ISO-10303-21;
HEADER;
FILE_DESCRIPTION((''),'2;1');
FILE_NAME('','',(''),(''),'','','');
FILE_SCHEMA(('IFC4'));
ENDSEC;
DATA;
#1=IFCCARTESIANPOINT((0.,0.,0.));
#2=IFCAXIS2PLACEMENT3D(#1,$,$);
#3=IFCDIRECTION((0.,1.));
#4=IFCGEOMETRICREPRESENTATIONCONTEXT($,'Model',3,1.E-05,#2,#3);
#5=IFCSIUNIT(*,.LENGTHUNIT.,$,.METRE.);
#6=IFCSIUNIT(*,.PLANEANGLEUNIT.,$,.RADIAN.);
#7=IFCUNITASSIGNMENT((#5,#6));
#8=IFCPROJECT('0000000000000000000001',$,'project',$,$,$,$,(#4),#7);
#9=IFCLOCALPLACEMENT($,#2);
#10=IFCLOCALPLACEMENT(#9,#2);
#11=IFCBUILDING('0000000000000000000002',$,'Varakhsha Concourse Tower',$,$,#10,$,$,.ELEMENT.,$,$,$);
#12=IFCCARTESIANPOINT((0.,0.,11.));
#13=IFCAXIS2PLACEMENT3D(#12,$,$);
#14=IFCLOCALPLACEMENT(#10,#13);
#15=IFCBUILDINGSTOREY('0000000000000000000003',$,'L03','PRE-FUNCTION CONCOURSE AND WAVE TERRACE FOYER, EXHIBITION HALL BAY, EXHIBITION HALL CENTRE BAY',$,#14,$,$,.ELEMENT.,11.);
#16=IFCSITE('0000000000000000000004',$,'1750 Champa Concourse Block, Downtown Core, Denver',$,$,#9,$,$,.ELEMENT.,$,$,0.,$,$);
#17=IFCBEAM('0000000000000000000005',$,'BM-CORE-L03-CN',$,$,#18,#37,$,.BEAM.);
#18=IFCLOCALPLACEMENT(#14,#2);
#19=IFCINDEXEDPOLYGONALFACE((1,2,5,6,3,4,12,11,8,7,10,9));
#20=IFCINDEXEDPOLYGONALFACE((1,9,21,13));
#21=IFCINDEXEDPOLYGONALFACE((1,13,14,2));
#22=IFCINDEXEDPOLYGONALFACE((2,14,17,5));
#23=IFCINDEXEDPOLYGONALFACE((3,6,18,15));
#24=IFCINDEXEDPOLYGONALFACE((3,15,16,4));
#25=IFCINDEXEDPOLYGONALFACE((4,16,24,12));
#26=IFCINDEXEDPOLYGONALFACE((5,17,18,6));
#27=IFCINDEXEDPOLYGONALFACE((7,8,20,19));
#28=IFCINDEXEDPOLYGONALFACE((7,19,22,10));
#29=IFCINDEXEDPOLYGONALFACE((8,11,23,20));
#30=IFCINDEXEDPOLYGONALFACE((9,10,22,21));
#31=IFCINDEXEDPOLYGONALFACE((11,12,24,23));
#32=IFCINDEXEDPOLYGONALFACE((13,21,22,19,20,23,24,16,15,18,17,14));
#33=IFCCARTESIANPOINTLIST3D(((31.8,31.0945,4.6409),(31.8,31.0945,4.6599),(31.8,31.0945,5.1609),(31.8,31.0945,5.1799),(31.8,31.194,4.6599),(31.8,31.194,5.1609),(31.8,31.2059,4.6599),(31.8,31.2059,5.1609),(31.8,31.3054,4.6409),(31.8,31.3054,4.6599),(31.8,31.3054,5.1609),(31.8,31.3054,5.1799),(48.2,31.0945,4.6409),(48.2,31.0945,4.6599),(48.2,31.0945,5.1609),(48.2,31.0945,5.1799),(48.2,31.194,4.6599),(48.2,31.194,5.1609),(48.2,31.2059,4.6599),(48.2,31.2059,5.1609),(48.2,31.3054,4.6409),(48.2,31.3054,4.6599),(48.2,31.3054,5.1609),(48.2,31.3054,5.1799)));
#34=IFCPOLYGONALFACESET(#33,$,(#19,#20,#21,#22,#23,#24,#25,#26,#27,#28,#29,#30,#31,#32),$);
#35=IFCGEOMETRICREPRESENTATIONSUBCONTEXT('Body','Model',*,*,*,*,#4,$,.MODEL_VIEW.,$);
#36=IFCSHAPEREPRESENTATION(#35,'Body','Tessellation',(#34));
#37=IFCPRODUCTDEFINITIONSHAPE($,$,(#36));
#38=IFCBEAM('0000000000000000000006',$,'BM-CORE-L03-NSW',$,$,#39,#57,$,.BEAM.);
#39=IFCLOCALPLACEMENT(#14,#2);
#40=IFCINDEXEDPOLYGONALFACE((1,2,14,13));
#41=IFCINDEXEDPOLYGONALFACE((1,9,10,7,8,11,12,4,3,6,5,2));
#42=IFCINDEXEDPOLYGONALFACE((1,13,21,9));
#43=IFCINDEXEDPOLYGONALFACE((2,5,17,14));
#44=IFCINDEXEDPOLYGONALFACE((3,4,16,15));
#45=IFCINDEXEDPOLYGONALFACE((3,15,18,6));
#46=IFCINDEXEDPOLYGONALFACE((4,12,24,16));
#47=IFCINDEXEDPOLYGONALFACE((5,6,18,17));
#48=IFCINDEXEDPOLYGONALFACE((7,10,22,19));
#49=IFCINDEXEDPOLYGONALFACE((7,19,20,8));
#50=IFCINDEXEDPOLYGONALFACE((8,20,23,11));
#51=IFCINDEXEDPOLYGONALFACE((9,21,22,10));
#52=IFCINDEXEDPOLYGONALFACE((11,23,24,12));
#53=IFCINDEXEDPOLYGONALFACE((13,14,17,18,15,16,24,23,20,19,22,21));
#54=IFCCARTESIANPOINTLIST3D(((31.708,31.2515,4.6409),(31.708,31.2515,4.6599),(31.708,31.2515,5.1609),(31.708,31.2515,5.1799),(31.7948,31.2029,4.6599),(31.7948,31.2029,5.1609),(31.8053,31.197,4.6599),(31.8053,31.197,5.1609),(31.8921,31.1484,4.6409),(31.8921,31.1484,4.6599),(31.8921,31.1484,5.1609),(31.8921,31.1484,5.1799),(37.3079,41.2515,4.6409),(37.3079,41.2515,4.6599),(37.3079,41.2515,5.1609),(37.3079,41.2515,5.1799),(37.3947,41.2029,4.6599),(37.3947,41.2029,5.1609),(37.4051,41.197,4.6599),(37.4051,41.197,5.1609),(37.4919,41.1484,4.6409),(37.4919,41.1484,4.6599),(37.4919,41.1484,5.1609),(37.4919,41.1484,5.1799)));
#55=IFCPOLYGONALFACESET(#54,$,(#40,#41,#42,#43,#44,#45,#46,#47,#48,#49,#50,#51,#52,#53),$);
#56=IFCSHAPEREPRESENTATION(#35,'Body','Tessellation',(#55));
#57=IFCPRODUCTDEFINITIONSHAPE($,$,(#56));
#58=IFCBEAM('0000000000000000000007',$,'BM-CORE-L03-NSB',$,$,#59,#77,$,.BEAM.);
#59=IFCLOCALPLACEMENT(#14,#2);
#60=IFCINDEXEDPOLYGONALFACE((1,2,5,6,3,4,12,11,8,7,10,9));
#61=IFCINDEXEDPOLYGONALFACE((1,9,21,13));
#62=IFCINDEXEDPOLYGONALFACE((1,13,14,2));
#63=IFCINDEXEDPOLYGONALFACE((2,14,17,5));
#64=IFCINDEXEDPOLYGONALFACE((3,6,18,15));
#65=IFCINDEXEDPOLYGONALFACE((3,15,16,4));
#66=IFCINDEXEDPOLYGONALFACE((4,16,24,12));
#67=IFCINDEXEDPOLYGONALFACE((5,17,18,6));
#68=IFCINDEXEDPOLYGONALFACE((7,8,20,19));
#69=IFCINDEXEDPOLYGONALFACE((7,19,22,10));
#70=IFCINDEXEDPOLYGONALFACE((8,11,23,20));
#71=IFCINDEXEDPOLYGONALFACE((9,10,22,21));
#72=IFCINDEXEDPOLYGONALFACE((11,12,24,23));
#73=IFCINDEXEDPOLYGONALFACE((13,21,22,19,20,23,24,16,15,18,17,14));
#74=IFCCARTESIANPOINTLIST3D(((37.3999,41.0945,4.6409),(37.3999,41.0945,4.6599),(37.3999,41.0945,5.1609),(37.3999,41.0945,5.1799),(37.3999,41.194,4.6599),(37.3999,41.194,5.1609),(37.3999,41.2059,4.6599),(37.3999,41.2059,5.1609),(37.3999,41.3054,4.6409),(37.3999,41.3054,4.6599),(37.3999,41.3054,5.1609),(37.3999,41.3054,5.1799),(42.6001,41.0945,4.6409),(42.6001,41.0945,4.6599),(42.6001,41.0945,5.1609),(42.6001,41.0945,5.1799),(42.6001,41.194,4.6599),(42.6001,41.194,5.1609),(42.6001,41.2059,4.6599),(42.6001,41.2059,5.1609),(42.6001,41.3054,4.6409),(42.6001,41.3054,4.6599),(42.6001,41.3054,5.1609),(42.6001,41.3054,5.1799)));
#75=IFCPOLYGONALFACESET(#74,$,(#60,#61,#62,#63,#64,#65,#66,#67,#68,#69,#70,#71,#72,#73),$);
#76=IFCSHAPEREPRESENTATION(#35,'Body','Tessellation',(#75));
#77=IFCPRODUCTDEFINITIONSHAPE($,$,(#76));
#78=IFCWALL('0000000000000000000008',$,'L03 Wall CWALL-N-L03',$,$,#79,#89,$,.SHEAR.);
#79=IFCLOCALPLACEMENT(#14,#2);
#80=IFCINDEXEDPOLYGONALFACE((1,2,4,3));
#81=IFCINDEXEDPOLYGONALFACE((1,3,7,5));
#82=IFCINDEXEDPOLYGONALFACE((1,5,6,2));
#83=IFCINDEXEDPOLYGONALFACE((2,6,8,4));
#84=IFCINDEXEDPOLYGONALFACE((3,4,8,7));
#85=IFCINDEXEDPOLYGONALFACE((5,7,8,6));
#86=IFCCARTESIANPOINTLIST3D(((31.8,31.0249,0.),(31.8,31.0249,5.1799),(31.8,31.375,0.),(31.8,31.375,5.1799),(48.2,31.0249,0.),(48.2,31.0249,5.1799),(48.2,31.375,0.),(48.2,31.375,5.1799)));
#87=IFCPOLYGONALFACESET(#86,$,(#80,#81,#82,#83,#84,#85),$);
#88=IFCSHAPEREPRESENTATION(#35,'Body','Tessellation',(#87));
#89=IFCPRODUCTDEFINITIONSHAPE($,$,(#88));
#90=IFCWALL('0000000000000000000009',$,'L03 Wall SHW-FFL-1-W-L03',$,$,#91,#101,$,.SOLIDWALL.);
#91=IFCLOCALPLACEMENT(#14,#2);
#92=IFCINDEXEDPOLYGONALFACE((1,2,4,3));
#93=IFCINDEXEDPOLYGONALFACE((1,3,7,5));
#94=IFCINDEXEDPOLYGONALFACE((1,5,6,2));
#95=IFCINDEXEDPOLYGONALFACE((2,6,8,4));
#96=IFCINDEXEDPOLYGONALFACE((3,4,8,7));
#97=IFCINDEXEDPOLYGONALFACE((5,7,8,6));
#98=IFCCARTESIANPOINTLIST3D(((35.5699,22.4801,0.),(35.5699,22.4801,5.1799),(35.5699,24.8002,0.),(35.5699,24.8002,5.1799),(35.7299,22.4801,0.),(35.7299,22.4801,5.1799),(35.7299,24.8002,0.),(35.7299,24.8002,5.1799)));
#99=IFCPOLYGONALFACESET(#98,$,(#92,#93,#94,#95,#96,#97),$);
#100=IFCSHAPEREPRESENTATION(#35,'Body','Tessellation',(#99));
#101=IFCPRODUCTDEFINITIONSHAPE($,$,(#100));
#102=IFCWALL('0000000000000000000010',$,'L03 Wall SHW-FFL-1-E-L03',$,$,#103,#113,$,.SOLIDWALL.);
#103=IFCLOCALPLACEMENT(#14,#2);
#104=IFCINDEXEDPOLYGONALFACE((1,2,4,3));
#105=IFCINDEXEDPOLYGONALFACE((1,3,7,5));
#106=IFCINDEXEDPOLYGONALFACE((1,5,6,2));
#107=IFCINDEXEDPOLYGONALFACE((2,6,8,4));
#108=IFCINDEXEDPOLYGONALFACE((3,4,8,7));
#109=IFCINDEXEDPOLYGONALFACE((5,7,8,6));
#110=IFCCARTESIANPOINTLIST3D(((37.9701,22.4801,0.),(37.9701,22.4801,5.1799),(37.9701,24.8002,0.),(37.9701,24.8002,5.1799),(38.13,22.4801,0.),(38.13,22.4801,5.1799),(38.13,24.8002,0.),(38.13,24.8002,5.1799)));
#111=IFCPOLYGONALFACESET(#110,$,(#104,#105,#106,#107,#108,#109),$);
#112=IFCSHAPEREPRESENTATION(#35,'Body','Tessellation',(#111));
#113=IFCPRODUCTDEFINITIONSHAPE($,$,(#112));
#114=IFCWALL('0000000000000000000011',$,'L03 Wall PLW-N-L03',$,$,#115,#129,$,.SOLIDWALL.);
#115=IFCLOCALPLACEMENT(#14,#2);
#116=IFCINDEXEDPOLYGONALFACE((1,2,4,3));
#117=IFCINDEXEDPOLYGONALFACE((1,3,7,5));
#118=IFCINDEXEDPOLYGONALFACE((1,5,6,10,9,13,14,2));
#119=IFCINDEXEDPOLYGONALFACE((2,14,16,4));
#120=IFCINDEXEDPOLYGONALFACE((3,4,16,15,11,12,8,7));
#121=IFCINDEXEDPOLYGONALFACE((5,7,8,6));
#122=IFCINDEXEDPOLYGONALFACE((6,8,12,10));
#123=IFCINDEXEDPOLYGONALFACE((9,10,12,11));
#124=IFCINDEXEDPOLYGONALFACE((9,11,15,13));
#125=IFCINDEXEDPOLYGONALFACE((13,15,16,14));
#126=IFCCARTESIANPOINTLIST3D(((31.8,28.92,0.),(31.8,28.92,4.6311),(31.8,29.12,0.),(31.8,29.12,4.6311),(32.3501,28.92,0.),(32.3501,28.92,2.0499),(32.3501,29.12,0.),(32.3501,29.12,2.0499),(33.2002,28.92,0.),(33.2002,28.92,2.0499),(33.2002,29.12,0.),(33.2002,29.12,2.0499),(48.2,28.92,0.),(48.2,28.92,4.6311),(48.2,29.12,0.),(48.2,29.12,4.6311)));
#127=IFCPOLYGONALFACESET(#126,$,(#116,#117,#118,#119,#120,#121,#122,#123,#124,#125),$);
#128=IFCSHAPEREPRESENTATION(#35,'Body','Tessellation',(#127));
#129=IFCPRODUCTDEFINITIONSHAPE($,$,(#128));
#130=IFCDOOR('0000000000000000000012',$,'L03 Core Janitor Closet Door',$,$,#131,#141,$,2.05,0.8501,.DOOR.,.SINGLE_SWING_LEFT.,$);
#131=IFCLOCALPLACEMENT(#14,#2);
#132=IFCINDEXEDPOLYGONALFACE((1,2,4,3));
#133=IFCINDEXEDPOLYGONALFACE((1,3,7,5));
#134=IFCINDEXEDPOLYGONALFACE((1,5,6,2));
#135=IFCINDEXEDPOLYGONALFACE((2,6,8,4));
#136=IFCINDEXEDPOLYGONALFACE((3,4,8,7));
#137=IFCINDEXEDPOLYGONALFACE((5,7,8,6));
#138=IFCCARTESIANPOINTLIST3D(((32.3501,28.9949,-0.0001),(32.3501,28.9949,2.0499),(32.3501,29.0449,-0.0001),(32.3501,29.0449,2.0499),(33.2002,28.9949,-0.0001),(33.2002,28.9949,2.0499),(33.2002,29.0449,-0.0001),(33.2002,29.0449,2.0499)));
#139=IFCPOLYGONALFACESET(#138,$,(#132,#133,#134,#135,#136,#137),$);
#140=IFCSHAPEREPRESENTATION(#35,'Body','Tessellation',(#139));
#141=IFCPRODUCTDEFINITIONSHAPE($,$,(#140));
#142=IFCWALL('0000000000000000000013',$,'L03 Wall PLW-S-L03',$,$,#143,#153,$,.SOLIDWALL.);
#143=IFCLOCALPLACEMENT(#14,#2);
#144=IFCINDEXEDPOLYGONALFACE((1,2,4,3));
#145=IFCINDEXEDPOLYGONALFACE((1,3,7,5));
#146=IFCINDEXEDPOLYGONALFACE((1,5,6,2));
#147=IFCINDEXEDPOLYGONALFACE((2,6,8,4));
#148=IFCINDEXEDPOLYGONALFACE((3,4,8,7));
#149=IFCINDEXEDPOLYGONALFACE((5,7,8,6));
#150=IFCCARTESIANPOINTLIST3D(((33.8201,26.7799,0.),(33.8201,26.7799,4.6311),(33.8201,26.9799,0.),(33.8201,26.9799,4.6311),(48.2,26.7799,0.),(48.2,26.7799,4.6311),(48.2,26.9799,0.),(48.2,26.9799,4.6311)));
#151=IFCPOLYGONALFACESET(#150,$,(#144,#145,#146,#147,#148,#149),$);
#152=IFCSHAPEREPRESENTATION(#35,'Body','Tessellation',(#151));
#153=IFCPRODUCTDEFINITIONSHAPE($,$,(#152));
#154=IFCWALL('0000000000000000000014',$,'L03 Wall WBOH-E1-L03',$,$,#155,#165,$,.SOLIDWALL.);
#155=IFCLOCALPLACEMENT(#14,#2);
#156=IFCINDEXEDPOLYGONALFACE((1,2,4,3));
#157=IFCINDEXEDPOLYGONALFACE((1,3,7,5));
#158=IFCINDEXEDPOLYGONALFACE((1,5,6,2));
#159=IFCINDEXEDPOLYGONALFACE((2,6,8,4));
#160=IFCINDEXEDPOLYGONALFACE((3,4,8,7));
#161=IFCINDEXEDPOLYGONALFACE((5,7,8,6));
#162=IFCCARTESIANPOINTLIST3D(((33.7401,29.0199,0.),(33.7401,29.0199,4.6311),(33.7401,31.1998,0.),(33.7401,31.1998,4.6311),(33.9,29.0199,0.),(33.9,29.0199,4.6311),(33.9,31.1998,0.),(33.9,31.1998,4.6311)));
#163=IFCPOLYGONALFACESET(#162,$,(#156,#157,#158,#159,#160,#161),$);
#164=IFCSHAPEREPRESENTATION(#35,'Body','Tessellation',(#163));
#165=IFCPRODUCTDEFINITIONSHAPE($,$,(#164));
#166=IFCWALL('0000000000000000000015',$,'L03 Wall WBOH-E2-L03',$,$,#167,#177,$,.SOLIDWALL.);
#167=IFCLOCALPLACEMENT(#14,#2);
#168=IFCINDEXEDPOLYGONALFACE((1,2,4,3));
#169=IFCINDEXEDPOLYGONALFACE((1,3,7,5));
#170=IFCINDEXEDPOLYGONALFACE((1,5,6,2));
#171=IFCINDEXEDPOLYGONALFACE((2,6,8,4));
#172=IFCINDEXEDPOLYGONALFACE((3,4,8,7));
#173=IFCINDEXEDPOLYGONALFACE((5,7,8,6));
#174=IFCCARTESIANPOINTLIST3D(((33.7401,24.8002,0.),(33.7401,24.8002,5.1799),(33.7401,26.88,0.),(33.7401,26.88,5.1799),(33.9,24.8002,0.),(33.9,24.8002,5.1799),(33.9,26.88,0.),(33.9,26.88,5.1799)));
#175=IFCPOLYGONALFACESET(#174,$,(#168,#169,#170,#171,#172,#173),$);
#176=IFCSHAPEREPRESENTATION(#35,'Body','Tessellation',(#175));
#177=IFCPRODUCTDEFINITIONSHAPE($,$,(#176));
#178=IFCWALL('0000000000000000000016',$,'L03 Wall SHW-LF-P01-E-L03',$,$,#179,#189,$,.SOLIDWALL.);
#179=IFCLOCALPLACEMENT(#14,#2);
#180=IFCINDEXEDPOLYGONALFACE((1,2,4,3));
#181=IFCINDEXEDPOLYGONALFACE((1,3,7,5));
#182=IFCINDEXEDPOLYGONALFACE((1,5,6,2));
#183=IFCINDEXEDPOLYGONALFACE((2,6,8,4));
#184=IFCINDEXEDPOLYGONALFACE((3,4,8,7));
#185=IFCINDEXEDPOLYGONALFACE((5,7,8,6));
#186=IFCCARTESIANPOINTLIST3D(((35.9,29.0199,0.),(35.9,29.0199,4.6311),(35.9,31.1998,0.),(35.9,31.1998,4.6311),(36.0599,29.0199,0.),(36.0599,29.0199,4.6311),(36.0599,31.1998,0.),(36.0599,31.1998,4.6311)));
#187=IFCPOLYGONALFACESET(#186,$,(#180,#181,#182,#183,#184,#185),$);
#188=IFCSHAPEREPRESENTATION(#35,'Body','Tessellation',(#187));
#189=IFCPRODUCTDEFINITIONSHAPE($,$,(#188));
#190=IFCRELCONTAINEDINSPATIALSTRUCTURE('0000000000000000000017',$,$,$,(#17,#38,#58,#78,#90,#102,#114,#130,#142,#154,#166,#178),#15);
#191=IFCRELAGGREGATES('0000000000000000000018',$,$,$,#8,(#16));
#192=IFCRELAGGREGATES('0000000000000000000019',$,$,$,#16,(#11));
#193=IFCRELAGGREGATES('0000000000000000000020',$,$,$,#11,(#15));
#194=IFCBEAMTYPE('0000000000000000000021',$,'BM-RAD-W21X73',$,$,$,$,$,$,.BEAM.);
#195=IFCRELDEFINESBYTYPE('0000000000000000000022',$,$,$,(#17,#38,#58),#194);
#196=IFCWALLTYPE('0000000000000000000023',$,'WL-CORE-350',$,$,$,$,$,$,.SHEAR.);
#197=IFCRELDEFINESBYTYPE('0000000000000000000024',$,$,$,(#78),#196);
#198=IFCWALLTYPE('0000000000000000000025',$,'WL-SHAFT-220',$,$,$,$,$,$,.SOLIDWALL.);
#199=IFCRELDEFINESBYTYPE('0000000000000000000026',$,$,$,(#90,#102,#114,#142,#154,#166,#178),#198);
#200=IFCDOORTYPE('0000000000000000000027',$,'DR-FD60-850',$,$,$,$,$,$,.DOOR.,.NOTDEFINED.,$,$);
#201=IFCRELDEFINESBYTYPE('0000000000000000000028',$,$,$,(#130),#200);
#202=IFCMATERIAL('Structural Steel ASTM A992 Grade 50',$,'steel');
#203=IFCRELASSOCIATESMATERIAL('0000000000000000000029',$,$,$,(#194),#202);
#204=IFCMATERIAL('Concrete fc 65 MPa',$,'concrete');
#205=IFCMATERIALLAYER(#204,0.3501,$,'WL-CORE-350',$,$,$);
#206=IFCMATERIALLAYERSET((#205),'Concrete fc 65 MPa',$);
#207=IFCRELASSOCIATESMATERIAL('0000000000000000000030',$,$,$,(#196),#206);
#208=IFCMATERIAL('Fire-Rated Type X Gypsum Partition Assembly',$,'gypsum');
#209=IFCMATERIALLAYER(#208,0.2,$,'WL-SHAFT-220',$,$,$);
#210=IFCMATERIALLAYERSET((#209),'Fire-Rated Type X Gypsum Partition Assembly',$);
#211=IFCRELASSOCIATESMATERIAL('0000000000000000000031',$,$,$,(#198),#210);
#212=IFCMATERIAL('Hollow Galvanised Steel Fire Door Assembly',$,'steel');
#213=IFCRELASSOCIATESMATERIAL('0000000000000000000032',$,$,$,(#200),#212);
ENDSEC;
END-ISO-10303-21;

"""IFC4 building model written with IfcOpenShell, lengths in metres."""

from ifc_helpers import new_model, si_unit, direction, frame, frame_2d, origin, origin_2d, place, context, subcontext, project, spatial, rectangle, i_section, extrude, material, layer, layer_set, material_profile, profile_set, type_object, element, fill, save


model = new_model("IFC4")

# Units and contexts
model_context = context("Model", 3, precision=1e-05, world=origin(), true_north=direction((0.0, 1.0)))
body_context = subcontext(model_context, "Body", "Model", "MODEL_VIEW")
ifc_project = project(units=[si_unit("LENGTHUNIT", "METRE"), si_unit("PLANEANGLEUNIT", "RADIAN")], contexts=[model_context])

# Site, building, storey
site_placement = place(None, origin())
site = spatial("IfcSite", under=ifc_project, at=site_placement, Name="1750 Champa Concourse Block, Downtown Core, Denver", CompositionType="ELEMENT", RefElevation=0.0)
building_placement = place(site_placement, origin())
building = spatial("IfcBuilding", under=site, at=building_placement, Name="Varakhsha Concourse Tower", CompositionType="ELEMENT")
storey_placement = place(building_placement, frame((0.0, 0.0, 11.0)))
storey = spatial("IfcBuildingStorey", under=building, at=storey_placement, Name="L03", Description="PRE-FUNCTION CONCOURSE AND WAVE TERRACE FOYER, EXHIBITION HALL BAY, EXHIBITION HALL CENTRE BAY", CompositionType="ELEMENT", Elevation=11.0)

# Shared definitions
ifc_material_1 = material(Name="Structural Steel ASTM A992 Grade 50", Category="steel")
ifc_material_2 = material(Name="Concrete fc 65 MPa", Category="concrete")

# Beams
ifc_material_profile_1 = material_profile(ifc_material_1, i_section(OverallWidth=0.2109, OverallDepth=0.5391, WebThickness=0.012, FlangeThickness=0.019, at=origin_2d()), Name="W21X73")
ifc_profile_set_1 = profile_set([ifc_material_profile_1], Name="Structural Steel ASTM A992 Grade 50")
beam_type_1 = type_object("IfcBeamType", Name="BM-RAD-W21X73", PredefinedType="BEAM", material=ifc_profile_set_1)
beam_1_placement = place(storey_placement, frame((31.8, 31.2, 4.9104), z_axis=(1.0, 0.0, 0.0), x_axis=(0.0, 1.0, 0.0)))
element("IfcBeam", 1, at=beam_1_placement, inside=storey, type_object=beam_type_1, Name="BM-CORE-L03-CN", PredefinedType="BEAM", context=body_context, shape_type="SweptSolid", body=[
    extrude(i_section(OverallWidth=0.2109, OverallDepth=0.5391, WebThickness=0.012, FlangeThickness=0.019, at=origin_2d()), origin(), (0.0, 0.0, 1.0), 16.3999),
])
beam_2_placement = place(storey_placement, frame((31.8, 31.2, 4.9104), z_axis=(0.488594, 0.872511, 0.0), x_axis=(-0.872511, 0.488594, 0.0)))
element("IfcBeam", 2, at=beam_2_placement, inside=storey, type_object=beam_type_1, Name="BM-CORE-L03-NSW", PredefinedType="BEAM", context=body_context, shape_type="SweptSolid", body=[
    extrude(i_section(OverallWidth=0.2109, OverallDepth=0.5391, WebThickness=0.012, FlangeThickness=0.019, at=origin_2d()), origin(), (0.0, 0.0, 1.0), 11.4612),
])
beam_3_placement = place(storey_placement, frame((37.3999, 41.2, 4.9104), z_axis=(1.0, 0.0, 0.0), x_axis=(0.0, 1.0, 0.0)))
element("IfcBeam", 3, at=beam_3_placement, inside=storey, type_object=beam_type_1, Name="BM-CORE-L03-NSB", PredefinedType="BEAM", context=body_context, shape_type="SweptSolid", body=[
    extrude(i_section(OverallWidth=0.2109, OverallDepth=0.5391, WebThickness=0.012, FlangeThickness=0.019, at=origin_2d()), origin(), (0.0, 0.0, 1.0), 5.2002),
])

# Wall
ifc_layer_1 = layer(ifc_material_2, 0.3501, Name="WL-CORE-350")
ifc_layer_set_1 = layer_set([ifc_layer_1], Name="Concrete fc 65 MPa")
wall_type_1 = type_object("IfcWallType", Name="WL-CORE-350", PredefinedType="SHEAR", material=ifc_layer_set_1)
wall_1_placement = place(storey_placement, frame((31.8, 31.2, 0.0), z_axis=(0.0, 0.0, 1.0), x_axis=(1.0, 0.0, 0.0)))
element("IfcWall", 4, at=wall_1_placement, inside=storey, type_object=wall_type_1, Name="L03 Wall CWALL-N-L03", PredefinedType="SHEAR", context=body_context, shape_type="SweptSolid", body=[
    extrude(rectangle(XDim=16.3999, YDim=0.3501, at=frame_2d((8.2, 0.0))), origin(), (0.0, 0.0, 1.0), 5.1799),
])

# Shared definitions
ifc_material_3 = material(Name="Fire-Rated Type X Gypsum Partition Assembly", Category="gypsum")
ifc_layer_2 = layer(ifc_material_3, 0.2, Name="WL-SHAFT-220")
ifc_layer_set_2 = layer_set([ifc_layer_2], Name="Fire-Rated Type X Gypsum Partition Assembly")
wall_type_2 = type_object("IfcWallType", Name="WL-SHAFT-220", PredefinedType="SOLIDWALL", material=ifc_layer_set_2)

# Walls
for number, where, z_axis, x_axis, name in (
    (5, (35.6499, 22.48, 0.0), (0.0, 0.0, 1.0), (0.0, 1.0, 0.0), "L03 Wall SHW-FFL-1-W-L03"),
    (6, (38.05, 22.48, 0.0), (0.0, 0.0, 1.0), (0.0, 1.0, 0.0), "L03 Wall SHW-FFL-1-E-L03"),
):
    element("IfcWall", number, at=place(storey_placement, frame(where, z_axis=z_axis, x_axis=x_axis)), inside=storey, type_object=wall_type_2, Name=name, PredefinedType="SOLIDWALL", context=body_context, shape_type="SweptSolid", body=[
        extrude(rectangle(XDim=2.3201, YDim=0.1599, at=frame_2d((1.1602, 0.0))), origin(), (0.0, 0.0, 1.0), 5.1799),
    ])

# Wall, opening, door
wall_2_placement = place(storey_placement, frame((31.8, 29.02, 0.0), z_axis=(0.0, 0.0, 1.0), x_axis=(1.0, 0.0, 0.0)))
wall_2 = element("IfcWall", 7, at=wall_2_placement, inside=storey, type_object=wall_type_2, Name="L03 Wall PLW-N-L03", PredefinedType="SOLIDWALL", context=body_context, shape_type="SweptSolid", body=[
    extrude(rectangle(XDim=16.3999, YDim=0.2, at=frame_2d((8.2, 0.0))), origin(), (0.0, 0.0, 1.0), 4.6311),
])
opening_1_placement = place(wall_2_placement, frame((0.55, 0.0, 0.0)))
opening_1 = element("IfcOpeningElement", 8, at=opening_1_placement, cuts=wall_2, PredefinedType="OPENING", context=body_context, shape_type="SweptSolid", body=[
    extrude(rectangle(XDim=0.8501, YDim=2.05, at=frame_2d((0.425, 1.0249))), frame((0.0, 0.1099, 0.0), z_axis=(0.0, -1.0, 0.0), x_axis=(1.0, 0.0, 0.0)), (0.0, 0.0, 1.0), 0.22),
])
ifc_material_4 = material(Name="Hollow Galvanised Steel Fire Door Assembly", Category="steel")
door_type_1 = type_object("IfcDoorType", Name="DR-FD60-850", OperationType="NOTDEFINED", PredefinedType="DOOR", material=ifc_material_4)
door_1_placement = place(opening_1_placement, origin())
door_1 = element("IfcDoor", 9, at=door_1_placement, inside=storey, type_object=door_type_1, Name="L03 Core Janitor Closet Door", OperationType="SINGLE_SWING_LEFT", OverallHeight=2.05, OverallWidth=0.8501, PredefinedType="DOOR", context=body_context, shape_type="SweptSolid", body=[
    extrude(rectangle(XDim=0.8501, YDim=2.05, at=frame_2d((0.425, 1.0249))), frame((0.0, 0.0249, 0.0), z_axis=(0.0, -1.0, 0.0), x_axis=(1.0, 0.0, 0.0)), (0.0, 0.0, 1.0), 0.05),
])
fill(opening_1, door_1)

# Walls
wall_3_placement = place(storey_placement, frame((33.8201, 26.8799, 0.0), z_axis=(0.0, 0.0, 1.0), x_axis=(1.0, 0.0, 0.0)))
element("IfcWall", 10, at=wall_3_placement, inside=storey, type_object=wall_type_2, Name="L03 Wall PLW-S-L03", PredefinedType="SOLIDWALL", context=body_context, shape_type="SweptSolid", body=[
    extrude(rectangle(XDim=14.3799, YDim=0.2, at=frame_2d((7.1899, 0.0))), origin(), (0.0, 0.0, 1.0), 4.6311),
])
wall_4_placement = place(storey_placement, frame((33.8201, 29.02, 0.0), z_axis=(0.0, 0.0, 1.0), x_axis=(0.0, 1.0, 0.0)))
element("IfcWall", 11, at=wall_4_placement, inside=storey, type_object=wall_type_2, Name="L03 Wall WBOH-E1-L03", PredefinedType="SOLIDWALL", context=body_context, shape_type="SweptSolid", body=[
    extrude(rectangle(XDim=2.1799, YDim=0.1599, at=frame_2d((1.0898, 0.0))), origin(), (0.0, 0.0, 1.0), 4.6311),
])
wall_5_placement = place(storey_placement, frame((33.8201, 24.8, 0.0), z_axis=(0.0, 0.0, 1.0), x_axis=(0.0, 1.0, 0.0)))
element("IfcWall", 12, at=wall_5_placement, inside=storey, type_object=wall_type_2, Name="L03 Wall WBOH-E2-L03", PredefinedType="SOLIDWALL", context=body_context, shape_type="SweptSolid", body=[
    extrude(rectangle(XDim=2.0798, YDim=0.1599, at=frame_2d((1.04, 0.0))), origin(), (0.0, 0.0, 1.0), 5.1799),
])
for number, where, z_axis, x_axis, name in (
    (13, (35.98, 29.02, 0.0), (0.0, 0.0, 1.0), (0.0, 1.0, 0.0), "L03 Wall SHW-LF-P01-E-L03"),
):
    element("IfcWall", number, at=place(storey_placement, frame(where, z_axis=z_axis, x_axis=x_axis)), inside=storey, type_object=wall_type_2, Name=name, PredefinedType="SOLIDWALL", context=body_context, shape_type="SweptSolid", body=[
        extrude(rectangle(XDim=2.1799, YDim=0.1599, at=frame_2d((1.0898, 0.0))), origin(), (0.0, 0.0, 1.0), 4.6311),
    ])

save(model, "model.ifc")
